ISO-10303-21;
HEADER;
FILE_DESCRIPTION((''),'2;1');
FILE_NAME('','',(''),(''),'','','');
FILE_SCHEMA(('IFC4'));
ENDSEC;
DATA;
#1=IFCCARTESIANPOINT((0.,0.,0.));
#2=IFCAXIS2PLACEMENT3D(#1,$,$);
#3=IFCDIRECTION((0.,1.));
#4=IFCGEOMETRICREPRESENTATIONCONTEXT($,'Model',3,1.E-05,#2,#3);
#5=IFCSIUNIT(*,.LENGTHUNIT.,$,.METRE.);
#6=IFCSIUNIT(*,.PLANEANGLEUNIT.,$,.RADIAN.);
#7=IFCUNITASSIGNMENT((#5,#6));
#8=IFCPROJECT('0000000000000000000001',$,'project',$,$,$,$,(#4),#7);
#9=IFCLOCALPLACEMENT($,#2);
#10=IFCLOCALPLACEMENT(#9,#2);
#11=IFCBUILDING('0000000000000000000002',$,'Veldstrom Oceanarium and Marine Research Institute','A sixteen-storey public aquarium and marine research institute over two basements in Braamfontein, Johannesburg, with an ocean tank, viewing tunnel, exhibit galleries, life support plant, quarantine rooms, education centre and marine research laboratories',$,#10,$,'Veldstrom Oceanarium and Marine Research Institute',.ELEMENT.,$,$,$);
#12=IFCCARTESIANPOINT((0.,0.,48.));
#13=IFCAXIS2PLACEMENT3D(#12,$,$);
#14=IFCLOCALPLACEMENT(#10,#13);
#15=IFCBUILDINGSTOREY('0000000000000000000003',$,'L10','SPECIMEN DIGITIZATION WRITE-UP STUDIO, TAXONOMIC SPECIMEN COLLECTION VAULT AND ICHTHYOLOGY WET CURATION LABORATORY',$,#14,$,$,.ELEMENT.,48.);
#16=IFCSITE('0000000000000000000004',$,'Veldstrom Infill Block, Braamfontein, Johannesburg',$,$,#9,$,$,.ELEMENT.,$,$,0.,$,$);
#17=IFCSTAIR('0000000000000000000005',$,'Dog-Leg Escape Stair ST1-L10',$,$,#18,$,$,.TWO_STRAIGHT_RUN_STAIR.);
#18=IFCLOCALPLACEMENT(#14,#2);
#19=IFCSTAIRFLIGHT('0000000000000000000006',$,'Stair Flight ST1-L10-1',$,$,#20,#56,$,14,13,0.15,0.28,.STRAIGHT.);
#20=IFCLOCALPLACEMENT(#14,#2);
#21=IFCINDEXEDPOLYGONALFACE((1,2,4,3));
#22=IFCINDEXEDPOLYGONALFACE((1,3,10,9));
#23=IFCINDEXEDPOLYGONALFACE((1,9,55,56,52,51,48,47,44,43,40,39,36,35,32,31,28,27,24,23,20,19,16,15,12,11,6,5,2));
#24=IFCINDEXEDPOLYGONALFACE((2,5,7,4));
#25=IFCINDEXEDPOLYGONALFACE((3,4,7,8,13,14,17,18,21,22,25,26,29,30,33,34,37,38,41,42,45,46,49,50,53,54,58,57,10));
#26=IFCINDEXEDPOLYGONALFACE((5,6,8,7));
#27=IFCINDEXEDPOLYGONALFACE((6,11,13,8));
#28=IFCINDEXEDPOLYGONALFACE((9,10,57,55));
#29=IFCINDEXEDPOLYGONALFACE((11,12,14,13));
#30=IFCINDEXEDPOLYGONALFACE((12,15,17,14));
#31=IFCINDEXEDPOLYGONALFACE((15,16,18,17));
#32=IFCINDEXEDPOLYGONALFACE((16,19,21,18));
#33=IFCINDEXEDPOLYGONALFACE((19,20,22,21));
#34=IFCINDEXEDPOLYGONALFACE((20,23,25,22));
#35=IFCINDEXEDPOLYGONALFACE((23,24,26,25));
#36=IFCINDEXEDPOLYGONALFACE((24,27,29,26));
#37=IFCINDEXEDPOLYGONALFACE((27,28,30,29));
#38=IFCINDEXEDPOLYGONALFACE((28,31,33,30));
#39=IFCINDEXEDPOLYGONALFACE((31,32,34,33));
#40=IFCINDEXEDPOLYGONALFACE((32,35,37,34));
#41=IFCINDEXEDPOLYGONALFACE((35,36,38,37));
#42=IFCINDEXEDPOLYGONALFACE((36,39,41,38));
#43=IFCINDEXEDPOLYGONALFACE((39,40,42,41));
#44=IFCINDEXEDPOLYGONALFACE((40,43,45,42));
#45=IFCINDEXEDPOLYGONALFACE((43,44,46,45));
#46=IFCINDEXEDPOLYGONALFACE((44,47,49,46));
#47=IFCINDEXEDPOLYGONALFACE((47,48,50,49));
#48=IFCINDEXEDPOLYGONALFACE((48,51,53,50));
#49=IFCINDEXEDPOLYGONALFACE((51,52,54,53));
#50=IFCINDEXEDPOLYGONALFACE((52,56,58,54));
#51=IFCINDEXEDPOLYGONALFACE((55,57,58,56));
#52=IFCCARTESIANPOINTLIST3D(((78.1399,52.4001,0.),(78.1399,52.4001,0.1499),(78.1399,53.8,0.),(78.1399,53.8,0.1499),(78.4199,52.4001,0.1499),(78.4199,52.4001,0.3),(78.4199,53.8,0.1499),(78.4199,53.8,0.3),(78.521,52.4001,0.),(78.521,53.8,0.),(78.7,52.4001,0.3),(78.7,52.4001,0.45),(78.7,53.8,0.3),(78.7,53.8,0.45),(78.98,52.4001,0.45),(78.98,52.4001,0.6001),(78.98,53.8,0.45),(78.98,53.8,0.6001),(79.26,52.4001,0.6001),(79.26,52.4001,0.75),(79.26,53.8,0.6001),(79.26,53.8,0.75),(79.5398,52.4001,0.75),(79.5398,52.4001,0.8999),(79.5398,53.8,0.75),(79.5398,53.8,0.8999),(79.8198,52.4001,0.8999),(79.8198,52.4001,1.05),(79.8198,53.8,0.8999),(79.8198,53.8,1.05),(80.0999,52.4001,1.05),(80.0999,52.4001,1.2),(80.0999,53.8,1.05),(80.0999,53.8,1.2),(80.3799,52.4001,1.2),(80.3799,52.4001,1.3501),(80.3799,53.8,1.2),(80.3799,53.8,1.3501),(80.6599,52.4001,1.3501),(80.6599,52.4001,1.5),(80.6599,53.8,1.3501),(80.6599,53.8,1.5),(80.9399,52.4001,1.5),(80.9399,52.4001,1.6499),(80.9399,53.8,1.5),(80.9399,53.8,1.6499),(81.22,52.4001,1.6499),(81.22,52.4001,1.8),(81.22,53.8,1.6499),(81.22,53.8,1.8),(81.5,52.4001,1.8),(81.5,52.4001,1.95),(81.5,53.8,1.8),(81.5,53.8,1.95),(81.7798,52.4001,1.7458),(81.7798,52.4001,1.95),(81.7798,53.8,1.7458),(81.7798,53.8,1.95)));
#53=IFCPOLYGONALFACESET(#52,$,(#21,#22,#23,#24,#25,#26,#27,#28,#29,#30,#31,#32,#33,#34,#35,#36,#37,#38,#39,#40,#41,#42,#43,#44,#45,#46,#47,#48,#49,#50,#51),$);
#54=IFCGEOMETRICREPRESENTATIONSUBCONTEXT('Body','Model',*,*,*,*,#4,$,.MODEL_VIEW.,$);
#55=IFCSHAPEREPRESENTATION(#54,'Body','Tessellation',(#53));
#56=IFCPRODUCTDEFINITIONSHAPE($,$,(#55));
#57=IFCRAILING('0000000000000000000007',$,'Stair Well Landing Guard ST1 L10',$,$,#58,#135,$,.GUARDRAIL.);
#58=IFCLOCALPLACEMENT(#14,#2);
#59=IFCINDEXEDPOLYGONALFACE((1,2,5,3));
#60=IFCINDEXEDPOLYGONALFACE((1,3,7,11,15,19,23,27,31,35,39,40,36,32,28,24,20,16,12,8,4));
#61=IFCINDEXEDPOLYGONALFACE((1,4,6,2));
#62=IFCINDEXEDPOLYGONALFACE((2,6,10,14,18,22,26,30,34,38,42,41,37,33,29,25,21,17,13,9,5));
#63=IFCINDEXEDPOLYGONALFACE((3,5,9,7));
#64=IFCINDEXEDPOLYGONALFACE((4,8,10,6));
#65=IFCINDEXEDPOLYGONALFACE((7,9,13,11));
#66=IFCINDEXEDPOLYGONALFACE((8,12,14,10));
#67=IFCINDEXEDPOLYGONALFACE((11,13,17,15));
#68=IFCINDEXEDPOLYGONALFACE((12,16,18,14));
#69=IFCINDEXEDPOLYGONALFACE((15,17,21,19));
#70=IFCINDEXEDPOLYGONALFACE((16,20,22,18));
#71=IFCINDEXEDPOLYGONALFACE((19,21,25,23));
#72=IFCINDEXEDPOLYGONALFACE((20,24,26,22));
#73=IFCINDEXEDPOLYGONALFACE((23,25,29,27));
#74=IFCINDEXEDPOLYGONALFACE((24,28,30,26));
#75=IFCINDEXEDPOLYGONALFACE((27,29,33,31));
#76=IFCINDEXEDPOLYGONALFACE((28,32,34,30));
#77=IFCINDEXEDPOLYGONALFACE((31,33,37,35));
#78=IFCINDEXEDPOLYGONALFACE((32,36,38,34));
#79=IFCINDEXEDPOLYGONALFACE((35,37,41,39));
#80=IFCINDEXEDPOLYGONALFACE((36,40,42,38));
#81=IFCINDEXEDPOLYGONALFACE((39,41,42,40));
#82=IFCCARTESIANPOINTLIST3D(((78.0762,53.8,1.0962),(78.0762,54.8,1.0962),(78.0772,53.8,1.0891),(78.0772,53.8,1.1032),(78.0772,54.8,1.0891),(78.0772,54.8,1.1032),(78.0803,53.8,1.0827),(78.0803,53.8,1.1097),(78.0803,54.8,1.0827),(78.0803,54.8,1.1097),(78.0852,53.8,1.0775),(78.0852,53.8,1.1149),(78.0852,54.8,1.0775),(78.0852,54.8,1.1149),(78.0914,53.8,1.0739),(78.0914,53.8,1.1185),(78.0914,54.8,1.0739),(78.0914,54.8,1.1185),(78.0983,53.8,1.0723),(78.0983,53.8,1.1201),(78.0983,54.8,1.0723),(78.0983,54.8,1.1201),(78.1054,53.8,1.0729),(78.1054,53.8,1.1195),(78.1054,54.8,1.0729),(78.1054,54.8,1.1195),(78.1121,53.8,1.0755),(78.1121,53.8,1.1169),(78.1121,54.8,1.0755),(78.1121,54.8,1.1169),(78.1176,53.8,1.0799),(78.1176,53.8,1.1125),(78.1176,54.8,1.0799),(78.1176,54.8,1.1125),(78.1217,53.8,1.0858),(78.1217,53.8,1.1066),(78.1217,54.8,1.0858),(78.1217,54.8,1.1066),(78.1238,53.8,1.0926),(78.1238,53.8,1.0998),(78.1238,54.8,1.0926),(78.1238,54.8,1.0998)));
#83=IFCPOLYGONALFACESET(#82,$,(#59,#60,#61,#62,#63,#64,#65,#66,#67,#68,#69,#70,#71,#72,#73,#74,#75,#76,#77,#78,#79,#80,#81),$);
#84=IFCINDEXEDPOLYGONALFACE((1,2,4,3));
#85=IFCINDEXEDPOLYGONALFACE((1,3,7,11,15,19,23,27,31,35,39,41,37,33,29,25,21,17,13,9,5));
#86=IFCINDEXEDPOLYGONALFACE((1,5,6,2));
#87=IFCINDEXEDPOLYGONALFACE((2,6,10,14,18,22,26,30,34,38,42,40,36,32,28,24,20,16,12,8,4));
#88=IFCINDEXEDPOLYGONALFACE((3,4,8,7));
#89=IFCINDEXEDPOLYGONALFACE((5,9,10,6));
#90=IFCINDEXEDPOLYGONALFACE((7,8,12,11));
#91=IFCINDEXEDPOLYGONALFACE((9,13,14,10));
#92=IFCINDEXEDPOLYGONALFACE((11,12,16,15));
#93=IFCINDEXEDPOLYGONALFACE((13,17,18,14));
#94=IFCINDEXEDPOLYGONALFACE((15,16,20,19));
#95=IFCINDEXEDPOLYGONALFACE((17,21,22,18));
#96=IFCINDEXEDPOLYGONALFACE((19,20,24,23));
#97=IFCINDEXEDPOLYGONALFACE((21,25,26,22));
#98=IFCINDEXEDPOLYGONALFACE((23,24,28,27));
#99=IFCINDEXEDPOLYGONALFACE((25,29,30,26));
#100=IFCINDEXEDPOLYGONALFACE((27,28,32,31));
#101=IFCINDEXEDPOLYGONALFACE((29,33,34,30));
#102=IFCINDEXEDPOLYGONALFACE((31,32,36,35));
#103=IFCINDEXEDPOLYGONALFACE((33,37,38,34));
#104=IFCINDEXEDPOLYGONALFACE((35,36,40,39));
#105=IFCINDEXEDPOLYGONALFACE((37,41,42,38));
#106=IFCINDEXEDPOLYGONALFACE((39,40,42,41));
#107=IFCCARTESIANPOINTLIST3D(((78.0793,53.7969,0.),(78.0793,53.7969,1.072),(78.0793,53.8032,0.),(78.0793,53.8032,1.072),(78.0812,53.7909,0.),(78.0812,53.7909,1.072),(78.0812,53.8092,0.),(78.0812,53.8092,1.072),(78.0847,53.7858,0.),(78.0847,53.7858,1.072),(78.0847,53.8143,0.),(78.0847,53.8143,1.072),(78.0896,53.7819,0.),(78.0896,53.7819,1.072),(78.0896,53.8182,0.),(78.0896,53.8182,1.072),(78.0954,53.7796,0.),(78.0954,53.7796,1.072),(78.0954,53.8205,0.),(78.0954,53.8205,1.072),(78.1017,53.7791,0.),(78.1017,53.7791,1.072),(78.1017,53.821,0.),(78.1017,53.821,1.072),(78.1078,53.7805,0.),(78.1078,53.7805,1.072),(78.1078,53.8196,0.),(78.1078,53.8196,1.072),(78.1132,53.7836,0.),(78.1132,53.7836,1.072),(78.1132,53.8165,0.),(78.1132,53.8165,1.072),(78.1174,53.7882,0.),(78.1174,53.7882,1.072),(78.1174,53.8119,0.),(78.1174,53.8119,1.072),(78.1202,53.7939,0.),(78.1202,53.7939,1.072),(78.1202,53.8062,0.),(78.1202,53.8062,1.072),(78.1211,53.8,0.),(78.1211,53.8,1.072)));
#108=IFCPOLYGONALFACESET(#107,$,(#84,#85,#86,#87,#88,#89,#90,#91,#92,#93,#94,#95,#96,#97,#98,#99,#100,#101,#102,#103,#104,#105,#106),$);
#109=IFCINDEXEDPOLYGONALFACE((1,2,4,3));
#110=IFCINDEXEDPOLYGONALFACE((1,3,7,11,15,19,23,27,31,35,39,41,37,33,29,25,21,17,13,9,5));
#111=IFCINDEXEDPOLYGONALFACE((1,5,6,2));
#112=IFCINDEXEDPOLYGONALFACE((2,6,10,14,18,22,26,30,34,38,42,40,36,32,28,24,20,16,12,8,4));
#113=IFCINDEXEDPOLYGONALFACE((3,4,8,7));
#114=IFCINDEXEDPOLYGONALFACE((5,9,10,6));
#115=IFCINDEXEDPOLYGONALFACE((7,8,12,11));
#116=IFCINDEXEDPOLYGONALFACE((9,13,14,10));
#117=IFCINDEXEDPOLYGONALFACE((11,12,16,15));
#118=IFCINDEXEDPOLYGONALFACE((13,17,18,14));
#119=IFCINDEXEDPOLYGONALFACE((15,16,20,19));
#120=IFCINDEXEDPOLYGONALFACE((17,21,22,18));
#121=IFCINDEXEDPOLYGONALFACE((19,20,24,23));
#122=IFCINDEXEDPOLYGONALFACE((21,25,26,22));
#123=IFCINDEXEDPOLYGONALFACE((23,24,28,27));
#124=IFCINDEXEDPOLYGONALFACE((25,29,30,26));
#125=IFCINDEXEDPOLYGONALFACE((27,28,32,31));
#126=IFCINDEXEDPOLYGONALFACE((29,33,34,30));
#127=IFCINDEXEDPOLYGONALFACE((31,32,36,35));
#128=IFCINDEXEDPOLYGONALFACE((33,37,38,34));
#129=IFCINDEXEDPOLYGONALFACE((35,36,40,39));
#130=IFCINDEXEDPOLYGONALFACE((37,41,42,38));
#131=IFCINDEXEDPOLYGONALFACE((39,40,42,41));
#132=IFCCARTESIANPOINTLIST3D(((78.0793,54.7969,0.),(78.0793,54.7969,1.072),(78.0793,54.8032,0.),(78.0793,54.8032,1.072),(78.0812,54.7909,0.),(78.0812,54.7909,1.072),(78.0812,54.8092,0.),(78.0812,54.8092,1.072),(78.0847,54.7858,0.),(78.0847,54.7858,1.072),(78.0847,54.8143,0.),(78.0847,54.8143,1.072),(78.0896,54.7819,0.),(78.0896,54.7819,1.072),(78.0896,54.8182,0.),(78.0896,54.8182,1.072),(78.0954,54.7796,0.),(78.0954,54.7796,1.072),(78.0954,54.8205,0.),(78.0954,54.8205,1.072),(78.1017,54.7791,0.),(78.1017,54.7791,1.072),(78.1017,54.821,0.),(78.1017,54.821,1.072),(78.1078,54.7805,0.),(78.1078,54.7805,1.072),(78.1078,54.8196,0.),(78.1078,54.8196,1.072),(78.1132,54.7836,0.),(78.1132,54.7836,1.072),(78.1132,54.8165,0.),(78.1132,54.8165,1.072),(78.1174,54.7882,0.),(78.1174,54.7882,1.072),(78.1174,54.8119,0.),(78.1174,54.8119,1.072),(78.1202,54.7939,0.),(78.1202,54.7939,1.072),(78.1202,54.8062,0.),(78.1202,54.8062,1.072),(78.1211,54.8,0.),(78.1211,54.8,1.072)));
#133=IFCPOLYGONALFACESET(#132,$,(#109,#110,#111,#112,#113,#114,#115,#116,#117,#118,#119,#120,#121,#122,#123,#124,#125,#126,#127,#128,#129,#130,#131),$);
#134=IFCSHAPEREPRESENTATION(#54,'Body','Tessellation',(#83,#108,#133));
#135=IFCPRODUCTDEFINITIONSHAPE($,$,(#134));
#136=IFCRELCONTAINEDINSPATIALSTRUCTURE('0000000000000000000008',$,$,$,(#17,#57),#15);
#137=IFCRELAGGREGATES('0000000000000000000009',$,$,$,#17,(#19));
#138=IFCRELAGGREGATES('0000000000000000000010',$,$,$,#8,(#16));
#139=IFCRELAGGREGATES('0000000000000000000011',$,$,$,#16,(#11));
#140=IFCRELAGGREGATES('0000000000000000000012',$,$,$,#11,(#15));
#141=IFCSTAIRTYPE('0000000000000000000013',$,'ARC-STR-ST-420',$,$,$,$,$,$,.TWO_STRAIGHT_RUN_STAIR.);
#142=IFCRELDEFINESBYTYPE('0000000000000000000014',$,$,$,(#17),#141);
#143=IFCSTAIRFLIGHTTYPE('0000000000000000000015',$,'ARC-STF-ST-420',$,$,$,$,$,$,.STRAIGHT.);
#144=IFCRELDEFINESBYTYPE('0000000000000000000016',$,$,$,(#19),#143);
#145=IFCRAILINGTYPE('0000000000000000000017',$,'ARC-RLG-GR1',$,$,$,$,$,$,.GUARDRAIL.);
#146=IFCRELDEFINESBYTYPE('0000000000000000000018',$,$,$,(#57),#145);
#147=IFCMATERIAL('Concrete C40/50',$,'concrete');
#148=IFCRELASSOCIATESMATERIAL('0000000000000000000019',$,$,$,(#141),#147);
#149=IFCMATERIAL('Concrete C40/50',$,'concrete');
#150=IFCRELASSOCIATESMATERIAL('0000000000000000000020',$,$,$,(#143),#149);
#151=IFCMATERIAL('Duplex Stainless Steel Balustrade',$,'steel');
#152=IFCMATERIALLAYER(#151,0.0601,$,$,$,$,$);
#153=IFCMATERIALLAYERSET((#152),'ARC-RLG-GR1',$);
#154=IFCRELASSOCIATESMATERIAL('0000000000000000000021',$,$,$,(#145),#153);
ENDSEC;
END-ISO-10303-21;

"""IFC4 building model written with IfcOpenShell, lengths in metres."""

from ifc_helpers import new_model, si_unit, direction, frame, origin, origin_2d, place, context, subcontext, project, spatial, polyline, circle, outline, extrude, material, layer, layer_set, type_object, element, aggregate, save


model = new_model("IFC4")

# Units and contexts
model_context = context("Model", 3, precision=1e-05, world=origin(), true_north=direction((0.0, 1.0)))
body_context = subcontext(model_context, "Body", "Model", "MODEL_VIEW")
ifc_project = project(units=[si_unit("LENGTHUNIT", "METRE"), si_unit("PLANEANGLEUNIT", "RADIAN")], contexts=[model_context])

# Site, building, storey
site_placement = place(None, origin())
site = spatial("IfcSite", under=ifc_project, at=site_placement, Name="Veldstrom Infill Block, Braamfontein, Johannesburg", CompositionType="ELEMENT", RefElevation=0.0)
building_placement = place(site_placement, origin())
building = spatial("IfcBuilding", under=site, at=building_placement, Name="Veldstrom Oceanarium and Marine Research Institute", Description="A sixteen-storey public aquarium and marine research institute over two basements in Braamfontein, Johannesburg, with an ocean tank, viewing tunnel, exhibit galleries, life support plant, quarantine rooms, education centre and marine research laboratories", LongName="Veldstrom Oceanarium and Marine Research Institute", CompositionType="ELEMENT")
storey_placement = place(building_placement, frame((0.0, 0.0, 48.0)))
storey = spatial("IfcBuildingStorey", under=building, at=storey_placement, Name="L10", Description="SPECIMEN DIGITIZATION WRITE-UP STUDIO, TAXONOMIC SPECIMEN COLLECTION VAULT AND ICHTHYOLOGY WET CURATION LABORATORY", CompositionType="ELEMENT", Elevation=48.0)

# Stair, stair flight
ifc_material_1 = material(Name="Concrete C40/50", Category="concrete")
stair_type = type_object("IfcStairType", Name="ARC-STR-ST-420", PredefinedType="TWO_STRAIGHT_RUN_STAIR", material=ifc_material_1)
stair_placement = place(storey_placement, origin())
stair = element("IfcStair", 1, at=stair_placement, inside=storey, type_object=stair_type, Name="Dog-Leg Escape Stair ST1-L10", PredefinedType="TWO_STRAIGHT_RUN_STAIR")
ifc_material_2 = material(Name="Concrete C40/50", Category="concrete")
stair_flight_type = type_object("IfcStairFlightType", Name="ARC-STF-ST-420", PredefinedType="STRAIGHT", material=ifc_material_2)
stair_flight_placement = place(storey_placement, frame((78.1399, 53.1001, 0.0), z_axis=(0.0, 0.0, 1.0), x_axis=(1.0, 0.0, 0.0)))
stair_flight = element("IfcStairFlight", 2, at=stair_flight_placement, type_object=stair_flight_type, Name="Stair Flight ST1-L10-1", NumberOfRisers=14, NumberOfTreads=13, PredefinedType="STRAIGHT", RiserHeight=0.15, TreadLength=0.28, context=body_context, shape_type="SweptSolid", body=[
    extrude(outline(polyline([(0.0, 0.0), (0.0, 0.1499), (0.28, 0.1499), (0.28, 0.3), (0.5601, 0.3), (0.5601, 0.45), (0.8401, 0.45), (0.8401, 0.6001), (1.1201, 0.6001), (1.1201, 0.75), (1.3999, 0.75), (1.3999, 0.8999), (1.6799, 0.8999), (1.6799, 1.05), (1.96, 1.05), (1.96, 1.2), (2.24, 1.2), (2.24, 1.3501), (2.52, 1.3501), (2.52, 1.5), (2.8, 1.5), (2.8, 1.6499), (3.0801, 1.6499), (3.0801, 1.8), (3.3601, 1.8), (3.3601, 1.95), (3.6399, 1.95), (3.6399, 2.1001), (3.6399, 1.7458), (0.3811, 0.0), (0.0, 0.0)])), frame((0.0, 0.7, 0.0), z_axis=(0.0, -1.0, 0.0), x_axis=(1.0, 0.0, 0.0)), (0.0, 0.0, 1.0), 1.3999),
])
aggregate(stair, [stair_flight])

# Railing
ifc_material_3 = material(Name="Duplex Stainless Steel Balustrade", Category="steel")
ifc_layer_1 = layer(ifc_material_3, 0.0601)
ifc_layer_set_1 = layer_set([ifc_layer_1], Name="ARC-RLG-GR1")
railing_type_1 = type_object("IfcRailingType", Name="ARC-RLG-GR1", PredefinedType="GUARDRAIL", material=ifc_layer_set_1)
railing_1_placement = place(storey_placement, frame((78.1001, 53.8, 0.0)))
element("IfcRailing", 3, at=railing_1_placement, inside=storey, type_object=railing_type_1, Name="Stair Well Landing Guard ST1 L10", PredefinedType="GUARDRAIL", context=body_context, shape_type="SweptSolid", body=[
    extrude(circle(Radius=0.0239, at=origin_2d()), frame((0.0, 0.0, 1.0962), z_axis=(0.0, 1.0, 0.0), x_axis=(-1.0, 0.0, 0.0)), (0.0, 0.0, 1.0), 1.0),
    extrude(circle(Radius=0.021, at=origin_2d()), origin(), (0.0, 0.0, 1.0), 1.072),
    extrude(circle(Radius=0.021, at=origin_2d()), frame((0.0, 1.0, 0.0)), (0.0, 0.0, 1.0), 1.072),
])

save(model, "model.ifc")
